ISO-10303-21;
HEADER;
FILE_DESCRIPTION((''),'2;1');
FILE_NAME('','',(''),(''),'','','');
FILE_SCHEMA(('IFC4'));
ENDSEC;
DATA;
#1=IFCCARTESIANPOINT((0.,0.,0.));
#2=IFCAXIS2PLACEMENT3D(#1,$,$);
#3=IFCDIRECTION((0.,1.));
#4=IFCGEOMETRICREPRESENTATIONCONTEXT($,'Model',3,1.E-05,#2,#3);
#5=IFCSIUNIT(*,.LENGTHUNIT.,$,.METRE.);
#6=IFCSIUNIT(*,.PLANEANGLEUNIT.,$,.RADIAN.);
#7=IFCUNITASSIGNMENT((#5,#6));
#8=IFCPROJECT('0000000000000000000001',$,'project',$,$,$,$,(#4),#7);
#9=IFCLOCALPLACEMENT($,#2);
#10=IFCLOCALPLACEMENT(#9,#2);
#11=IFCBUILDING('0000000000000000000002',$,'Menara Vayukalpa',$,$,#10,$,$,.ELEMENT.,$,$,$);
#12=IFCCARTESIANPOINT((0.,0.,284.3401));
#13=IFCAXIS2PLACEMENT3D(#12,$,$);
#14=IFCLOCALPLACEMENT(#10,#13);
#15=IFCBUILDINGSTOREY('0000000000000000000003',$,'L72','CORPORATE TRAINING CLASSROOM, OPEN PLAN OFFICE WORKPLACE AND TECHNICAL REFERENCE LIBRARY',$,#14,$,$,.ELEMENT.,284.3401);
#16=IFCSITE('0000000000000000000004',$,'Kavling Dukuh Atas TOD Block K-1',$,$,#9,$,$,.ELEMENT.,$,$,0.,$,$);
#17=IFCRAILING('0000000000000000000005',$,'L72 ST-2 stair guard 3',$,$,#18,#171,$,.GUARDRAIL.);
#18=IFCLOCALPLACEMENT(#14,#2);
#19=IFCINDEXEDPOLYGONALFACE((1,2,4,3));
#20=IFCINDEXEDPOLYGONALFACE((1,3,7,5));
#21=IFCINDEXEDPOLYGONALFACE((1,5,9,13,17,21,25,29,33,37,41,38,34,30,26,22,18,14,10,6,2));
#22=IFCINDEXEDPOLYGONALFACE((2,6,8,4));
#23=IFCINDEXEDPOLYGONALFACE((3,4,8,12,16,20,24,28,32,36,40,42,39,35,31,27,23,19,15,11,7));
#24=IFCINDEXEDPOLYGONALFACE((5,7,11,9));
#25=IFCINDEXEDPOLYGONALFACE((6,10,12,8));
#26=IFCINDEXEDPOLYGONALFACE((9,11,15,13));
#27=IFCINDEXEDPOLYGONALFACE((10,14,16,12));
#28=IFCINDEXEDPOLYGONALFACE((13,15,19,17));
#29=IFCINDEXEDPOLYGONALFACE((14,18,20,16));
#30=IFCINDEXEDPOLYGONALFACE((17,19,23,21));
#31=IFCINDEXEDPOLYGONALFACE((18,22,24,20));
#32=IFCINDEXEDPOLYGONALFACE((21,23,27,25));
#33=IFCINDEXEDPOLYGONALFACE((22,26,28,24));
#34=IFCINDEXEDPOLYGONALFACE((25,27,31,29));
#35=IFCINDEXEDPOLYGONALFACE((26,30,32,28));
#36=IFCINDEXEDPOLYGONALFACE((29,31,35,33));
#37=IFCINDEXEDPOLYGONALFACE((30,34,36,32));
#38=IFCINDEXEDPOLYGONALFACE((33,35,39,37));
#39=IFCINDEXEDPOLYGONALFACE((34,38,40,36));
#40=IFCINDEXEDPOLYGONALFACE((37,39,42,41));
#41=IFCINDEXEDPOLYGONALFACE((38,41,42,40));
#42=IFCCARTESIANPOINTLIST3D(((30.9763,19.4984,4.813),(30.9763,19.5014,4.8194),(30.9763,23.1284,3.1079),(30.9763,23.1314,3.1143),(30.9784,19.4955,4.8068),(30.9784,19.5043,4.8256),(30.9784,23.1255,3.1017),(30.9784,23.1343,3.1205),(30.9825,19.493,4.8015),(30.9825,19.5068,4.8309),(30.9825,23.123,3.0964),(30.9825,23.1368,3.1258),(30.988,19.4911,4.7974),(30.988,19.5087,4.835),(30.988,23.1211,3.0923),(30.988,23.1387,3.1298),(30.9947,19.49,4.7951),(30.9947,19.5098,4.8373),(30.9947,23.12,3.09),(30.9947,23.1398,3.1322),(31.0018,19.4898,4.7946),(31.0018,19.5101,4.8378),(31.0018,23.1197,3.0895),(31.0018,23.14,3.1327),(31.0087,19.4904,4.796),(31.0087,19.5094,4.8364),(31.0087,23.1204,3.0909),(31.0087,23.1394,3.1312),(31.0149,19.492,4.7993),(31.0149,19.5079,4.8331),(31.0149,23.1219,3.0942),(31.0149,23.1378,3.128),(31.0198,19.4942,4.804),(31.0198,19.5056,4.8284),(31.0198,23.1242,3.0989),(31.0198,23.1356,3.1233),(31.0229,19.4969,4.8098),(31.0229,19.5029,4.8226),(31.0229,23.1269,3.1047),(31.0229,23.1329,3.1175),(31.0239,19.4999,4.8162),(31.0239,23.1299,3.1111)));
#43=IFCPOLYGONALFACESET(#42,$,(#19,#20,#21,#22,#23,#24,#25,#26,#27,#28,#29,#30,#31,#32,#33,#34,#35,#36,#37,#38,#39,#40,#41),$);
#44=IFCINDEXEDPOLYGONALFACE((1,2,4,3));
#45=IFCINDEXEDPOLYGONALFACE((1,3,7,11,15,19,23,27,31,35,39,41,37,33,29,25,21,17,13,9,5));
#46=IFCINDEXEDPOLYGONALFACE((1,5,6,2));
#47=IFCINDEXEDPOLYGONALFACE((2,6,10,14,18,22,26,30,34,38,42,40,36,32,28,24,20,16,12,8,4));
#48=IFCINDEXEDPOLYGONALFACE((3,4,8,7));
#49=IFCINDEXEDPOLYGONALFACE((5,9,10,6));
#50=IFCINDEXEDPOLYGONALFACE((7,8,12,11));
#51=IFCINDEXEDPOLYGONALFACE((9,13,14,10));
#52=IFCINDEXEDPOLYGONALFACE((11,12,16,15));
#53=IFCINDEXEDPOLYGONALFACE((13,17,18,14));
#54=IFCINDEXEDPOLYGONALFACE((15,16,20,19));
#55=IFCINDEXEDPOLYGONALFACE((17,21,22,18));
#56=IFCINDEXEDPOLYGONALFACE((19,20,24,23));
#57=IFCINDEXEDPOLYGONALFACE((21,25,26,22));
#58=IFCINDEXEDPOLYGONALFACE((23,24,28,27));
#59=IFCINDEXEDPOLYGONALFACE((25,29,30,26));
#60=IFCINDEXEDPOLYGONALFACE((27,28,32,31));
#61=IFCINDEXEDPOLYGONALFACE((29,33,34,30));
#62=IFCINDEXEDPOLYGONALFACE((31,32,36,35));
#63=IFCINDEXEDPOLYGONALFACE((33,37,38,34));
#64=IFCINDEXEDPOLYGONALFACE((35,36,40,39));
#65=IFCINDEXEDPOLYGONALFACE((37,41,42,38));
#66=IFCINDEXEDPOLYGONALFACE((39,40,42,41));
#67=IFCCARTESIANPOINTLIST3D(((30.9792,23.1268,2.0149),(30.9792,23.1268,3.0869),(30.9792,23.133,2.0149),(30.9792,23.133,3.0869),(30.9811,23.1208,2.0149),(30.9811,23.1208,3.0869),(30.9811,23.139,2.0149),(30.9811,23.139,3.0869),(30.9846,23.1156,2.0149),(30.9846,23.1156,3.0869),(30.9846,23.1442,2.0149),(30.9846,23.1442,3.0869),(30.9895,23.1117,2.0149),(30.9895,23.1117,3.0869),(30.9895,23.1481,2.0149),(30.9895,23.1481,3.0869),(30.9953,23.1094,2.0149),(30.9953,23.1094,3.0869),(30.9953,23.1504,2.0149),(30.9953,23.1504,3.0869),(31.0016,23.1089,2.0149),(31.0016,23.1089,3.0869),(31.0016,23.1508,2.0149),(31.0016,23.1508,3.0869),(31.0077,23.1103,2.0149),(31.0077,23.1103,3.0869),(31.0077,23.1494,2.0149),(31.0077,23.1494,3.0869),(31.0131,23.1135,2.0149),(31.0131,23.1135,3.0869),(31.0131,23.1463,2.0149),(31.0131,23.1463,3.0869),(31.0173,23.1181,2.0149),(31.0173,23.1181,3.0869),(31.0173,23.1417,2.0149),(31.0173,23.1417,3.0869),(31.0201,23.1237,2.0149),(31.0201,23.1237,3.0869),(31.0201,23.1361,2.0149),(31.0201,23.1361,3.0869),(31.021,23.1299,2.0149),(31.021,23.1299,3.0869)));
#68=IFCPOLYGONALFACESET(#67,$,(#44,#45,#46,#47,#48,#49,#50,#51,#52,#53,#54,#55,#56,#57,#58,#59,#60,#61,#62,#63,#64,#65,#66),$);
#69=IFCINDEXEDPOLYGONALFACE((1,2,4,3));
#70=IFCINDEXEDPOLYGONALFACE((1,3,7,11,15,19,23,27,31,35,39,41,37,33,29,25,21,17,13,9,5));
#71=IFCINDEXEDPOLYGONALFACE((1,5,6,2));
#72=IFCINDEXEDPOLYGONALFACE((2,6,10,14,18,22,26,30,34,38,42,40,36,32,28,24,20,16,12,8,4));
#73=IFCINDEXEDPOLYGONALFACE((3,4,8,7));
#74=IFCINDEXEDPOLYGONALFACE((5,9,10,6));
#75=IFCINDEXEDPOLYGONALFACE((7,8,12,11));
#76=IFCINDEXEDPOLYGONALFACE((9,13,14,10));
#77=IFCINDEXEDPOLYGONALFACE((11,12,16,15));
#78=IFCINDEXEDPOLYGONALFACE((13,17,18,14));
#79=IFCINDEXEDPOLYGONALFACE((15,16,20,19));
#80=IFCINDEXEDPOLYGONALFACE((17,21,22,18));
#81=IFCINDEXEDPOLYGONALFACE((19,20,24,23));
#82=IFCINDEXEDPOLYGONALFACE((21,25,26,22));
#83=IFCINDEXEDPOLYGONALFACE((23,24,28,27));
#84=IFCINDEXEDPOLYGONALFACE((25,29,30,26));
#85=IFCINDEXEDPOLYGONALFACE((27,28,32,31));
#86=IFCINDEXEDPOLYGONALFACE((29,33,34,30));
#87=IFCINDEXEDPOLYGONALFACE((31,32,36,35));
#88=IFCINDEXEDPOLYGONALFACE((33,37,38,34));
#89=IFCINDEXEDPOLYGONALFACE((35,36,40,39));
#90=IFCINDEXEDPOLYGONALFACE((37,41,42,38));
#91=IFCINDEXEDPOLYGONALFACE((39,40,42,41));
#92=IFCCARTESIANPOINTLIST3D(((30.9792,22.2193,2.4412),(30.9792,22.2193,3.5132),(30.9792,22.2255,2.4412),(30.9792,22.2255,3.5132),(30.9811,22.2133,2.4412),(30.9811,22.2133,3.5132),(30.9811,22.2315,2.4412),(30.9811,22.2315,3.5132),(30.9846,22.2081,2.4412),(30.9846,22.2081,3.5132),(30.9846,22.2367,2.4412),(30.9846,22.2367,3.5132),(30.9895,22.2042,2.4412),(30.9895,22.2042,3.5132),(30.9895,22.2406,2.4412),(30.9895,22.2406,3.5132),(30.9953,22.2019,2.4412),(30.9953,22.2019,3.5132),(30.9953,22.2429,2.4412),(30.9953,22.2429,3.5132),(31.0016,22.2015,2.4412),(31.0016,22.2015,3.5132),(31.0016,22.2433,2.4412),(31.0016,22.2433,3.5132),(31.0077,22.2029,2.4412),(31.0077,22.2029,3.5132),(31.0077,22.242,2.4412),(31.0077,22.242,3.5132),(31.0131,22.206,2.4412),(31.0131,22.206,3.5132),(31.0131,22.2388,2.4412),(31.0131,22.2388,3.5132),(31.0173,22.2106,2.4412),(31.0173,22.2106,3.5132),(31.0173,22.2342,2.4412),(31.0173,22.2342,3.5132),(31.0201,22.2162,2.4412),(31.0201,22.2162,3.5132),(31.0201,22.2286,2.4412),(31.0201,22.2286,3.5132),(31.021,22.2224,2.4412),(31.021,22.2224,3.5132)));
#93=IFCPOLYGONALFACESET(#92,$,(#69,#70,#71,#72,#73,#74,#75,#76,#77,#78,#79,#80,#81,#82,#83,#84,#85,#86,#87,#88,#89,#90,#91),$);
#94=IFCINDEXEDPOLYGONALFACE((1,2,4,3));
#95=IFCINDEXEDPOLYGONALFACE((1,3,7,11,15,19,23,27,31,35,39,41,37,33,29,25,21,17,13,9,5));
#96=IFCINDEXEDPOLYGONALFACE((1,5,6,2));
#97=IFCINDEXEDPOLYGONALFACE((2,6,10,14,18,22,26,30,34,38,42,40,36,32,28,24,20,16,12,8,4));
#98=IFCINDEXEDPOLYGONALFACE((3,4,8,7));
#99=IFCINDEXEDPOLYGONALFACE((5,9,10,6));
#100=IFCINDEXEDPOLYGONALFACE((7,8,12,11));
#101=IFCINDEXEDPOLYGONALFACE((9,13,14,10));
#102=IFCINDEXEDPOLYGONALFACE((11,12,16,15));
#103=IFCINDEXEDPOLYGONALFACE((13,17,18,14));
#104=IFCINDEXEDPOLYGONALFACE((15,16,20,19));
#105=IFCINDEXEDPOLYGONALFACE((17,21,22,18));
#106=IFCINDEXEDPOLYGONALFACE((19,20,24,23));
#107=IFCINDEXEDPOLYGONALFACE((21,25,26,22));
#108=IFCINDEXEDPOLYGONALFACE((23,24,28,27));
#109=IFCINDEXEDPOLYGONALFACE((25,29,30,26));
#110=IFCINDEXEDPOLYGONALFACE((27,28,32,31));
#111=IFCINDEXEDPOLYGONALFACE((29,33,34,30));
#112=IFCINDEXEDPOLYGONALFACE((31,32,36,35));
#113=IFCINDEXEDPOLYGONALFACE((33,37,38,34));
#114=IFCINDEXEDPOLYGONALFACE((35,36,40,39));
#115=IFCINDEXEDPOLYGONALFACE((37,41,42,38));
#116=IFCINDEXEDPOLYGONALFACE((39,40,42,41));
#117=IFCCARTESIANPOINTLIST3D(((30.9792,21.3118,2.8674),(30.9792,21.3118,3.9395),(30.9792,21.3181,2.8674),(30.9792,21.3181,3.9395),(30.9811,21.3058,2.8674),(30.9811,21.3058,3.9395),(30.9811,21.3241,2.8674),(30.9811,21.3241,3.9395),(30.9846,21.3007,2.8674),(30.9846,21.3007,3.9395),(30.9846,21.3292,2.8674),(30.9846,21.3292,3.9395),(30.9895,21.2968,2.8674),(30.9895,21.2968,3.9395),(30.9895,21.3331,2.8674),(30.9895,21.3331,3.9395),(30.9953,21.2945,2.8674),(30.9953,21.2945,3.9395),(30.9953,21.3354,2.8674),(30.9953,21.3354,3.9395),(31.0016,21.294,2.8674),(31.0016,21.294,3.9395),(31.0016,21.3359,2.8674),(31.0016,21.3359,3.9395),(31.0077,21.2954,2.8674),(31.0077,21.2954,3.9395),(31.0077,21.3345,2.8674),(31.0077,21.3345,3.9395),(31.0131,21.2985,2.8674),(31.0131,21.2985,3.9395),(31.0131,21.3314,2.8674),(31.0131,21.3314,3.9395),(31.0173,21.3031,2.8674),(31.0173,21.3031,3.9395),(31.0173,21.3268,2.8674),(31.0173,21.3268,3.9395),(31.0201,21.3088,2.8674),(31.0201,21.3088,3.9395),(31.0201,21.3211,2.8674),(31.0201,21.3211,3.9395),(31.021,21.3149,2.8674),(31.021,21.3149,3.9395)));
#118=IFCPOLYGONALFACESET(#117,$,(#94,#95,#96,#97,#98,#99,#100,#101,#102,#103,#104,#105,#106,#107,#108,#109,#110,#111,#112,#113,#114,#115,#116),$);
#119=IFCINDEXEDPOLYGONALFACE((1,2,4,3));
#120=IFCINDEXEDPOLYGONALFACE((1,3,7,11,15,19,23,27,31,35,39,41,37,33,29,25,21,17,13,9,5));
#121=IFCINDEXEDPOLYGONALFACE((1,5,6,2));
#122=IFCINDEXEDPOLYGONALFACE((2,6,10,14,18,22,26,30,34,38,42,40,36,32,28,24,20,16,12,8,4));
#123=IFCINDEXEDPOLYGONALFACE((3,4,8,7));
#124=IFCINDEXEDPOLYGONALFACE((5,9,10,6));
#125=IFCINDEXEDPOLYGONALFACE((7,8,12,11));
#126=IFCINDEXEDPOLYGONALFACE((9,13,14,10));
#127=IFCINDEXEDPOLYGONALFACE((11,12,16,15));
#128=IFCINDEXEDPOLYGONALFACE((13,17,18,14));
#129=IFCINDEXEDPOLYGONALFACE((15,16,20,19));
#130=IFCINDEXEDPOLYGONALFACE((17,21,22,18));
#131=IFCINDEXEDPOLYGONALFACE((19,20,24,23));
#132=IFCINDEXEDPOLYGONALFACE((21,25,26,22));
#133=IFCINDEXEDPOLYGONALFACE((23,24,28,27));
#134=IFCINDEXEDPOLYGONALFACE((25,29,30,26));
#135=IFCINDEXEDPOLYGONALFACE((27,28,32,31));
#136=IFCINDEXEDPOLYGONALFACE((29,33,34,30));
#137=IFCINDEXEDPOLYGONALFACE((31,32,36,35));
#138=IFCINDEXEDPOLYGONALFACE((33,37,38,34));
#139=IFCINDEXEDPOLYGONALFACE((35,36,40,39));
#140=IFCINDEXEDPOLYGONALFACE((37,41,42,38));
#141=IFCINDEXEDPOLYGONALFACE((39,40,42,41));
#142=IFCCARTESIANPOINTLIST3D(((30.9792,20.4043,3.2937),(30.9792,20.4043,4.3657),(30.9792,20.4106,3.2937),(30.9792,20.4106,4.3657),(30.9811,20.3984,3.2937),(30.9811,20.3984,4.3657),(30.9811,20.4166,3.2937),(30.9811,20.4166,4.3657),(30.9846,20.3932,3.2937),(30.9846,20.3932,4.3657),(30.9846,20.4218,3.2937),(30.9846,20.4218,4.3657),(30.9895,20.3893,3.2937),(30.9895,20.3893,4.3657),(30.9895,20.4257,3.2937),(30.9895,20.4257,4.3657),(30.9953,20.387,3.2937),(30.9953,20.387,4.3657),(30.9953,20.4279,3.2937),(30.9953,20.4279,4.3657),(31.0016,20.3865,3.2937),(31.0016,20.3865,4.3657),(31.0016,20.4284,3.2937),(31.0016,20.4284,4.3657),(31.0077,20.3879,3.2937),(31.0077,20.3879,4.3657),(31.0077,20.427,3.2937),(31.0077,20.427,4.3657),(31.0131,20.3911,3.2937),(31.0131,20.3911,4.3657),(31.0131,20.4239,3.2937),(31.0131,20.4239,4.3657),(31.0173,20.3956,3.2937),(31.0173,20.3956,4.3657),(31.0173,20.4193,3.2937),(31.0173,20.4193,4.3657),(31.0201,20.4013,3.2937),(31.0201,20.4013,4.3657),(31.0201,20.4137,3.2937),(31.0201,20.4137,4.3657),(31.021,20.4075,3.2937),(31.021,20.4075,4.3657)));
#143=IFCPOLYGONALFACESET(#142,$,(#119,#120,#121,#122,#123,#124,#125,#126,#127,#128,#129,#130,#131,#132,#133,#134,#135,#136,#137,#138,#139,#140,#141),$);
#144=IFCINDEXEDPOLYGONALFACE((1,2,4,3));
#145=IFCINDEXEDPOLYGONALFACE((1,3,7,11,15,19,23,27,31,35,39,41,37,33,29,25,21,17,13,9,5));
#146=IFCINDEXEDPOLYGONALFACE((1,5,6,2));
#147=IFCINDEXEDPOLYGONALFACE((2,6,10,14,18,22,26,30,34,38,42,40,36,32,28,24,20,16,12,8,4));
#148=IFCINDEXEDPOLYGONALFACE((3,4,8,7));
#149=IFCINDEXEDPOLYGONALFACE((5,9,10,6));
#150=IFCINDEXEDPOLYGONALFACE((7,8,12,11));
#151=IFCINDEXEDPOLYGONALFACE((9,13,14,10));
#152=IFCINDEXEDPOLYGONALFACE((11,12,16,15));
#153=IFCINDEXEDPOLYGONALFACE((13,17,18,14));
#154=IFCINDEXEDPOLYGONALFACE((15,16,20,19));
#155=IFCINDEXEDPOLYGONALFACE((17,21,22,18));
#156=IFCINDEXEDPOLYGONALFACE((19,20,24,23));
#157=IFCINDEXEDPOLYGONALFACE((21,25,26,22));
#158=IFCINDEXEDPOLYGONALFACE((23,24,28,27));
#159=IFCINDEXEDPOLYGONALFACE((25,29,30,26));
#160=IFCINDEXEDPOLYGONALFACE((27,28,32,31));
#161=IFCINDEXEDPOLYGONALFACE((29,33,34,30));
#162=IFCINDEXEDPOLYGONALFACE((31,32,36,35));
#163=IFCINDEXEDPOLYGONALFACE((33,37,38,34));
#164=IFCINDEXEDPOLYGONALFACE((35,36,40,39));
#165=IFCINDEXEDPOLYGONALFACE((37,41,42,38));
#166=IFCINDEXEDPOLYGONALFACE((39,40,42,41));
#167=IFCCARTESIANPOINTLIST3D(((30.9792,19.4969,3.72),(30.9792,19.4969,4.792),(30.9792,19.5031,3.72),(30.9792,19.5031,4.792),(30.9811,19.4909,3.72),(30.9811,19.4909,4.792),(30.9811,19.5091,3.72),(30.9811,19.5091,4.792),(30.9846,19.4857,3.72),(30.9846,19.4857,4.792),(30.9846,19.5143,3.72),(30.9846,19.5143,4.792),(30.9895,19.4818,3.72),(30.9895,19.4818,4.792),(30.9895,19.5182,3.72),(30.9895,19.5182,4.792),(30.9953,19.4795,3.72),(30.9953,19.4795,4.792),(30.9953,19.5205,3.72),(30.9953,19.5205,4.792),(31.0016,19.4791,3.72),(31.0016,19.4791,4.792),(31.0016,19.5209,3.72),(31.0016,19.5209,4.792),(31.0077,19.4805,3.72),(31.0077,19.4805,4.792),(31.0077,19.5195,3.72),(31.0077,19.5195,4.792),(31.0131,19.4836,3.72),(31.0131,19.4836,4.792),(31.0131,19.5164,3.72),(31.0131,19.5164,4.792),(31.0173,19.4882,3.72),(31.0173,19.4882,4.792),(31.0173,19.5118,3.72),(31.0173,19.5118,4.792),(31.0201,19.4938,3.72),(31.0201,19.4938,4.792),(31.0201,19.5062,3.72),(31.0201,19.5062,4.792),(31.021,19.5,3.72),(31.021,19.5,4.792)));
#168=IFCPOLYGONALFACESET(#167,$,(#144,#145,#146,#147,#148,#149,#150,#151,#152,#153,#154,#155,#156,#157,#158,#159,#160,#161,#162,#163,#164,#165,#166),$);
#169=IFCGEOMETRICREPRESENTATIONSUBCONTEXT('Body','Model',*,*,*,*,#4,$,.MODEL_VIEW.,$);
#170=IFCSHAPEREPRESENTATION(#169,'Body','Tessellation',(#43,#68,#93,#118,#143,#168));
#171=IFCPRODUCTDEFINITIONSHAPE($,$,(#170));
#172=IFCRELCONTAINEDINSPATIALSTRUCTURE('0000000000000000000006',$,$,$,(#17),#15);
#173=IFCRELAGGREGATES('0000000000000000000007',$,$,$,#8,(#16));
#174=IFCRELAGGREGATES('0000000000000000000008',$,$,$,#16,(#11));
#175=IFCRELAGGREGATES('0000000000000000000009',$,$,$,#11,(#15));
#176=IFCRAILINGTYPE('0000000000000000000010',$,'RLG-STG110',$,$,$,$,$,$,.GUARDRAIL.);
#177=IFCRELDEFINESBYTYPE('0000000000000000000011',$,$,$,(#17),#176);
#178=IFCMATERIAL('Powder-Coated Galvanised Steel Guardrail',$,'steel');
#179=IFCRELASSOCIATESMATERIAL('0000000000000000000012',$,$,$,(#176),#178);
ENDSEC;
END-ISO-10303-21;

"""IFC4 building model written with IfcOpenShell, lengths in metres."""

from ifc_helpers import new_model, si_unit, direction, frame, origin, origin_2d, place, context, subcontext, project, spatial, circle, extrude, material, type_object, element, save


model = new_model("IFC4")

# Units and contexts
model_context = context("Model", 3, precision=1e-05, world=origin(), true_north=direction((0.0, 1.0)))
body_context = subcontext(model_context, "Body", "Model", "MODEL_VIEW")
ifc_project = project(units=[si_unit("LENGTHUNIT", "METRE"), si_unit("PLANEANGLEUNIT", "RADIAN")], contexts=[model_context])

# Site, building, storey
site_placement = place(None, origin())
site = spatial("IfcSite", under=ifc_project, at=site_placement, Name="Kavling Dukuh Atas TOD Block K-1", CompositionType="ELEMENT", RefElevation=0.0)
building_placement = place(site_placement, origin())
building = spatial("IfcBuilding", under=site, at=building_placement, Name="Menara Vayukalpa", CompositionType="ELEMENT")
storey_placement = place(building_placement, frame((0.0, 0.0, 284.3401)))
storey = spatial("IfcBuildingStorey", under=building, at=storey_placement, Name="L72", Description="CORPORATE TRAINING CLASSROOM, OPEN PLAN OFFICE WORKPLACE AND TECHNICAL REFERENCE LIBRARY", CompositionType="ELEMENT", Elevation=284.3401)

# Railing
ifc_material_1 = material(Name="Powder-Coated Galvanised Steel Guardrail", Category="steel")
railing_type_1 = type_object("IfcRailingType", Name="RLG-STG110", PredefinedType="GUARDRAIL", material=ifc_material_1)
railing_1_placement = place(storey_placement, frame((31.0, 23.1299, 2.0149)))
element("IfcRailing", 1, at=railing_1_placement, inside=storey, type_object=railing_type_1, Name="L72 ST-2 stair guard 3", PredefinedType="GUARDRAIL", context=body_context, shape_type="SweptSolid", body=[
    extrude(circle(Radius=0.0239, at=origin_2d()), frame((0.0, 0.0, 1.0962), z_axis=(0.0, -0.905116, 0.425164), x_axis=(1.0, 0.0, 0.0)), (0.0, 0.0, 1.0), 4.0105),
    extrude(circle(Radius=0.021, at=origin_2d()), origin(), (0.0, 0.0, 1.0), 1.072),
    extrude(circle(Radius=0.021, at=origin_2d()), frame((0.0, -0.9075, 0.4263)), (0.0, 0.0, 1.0), 1.072),
    extrude(circle(Radius=0.021, at=origin_2d()), frame((0.0, -1.8149, 0.8525)), (0.0, 0.0, 1.0), 1.072),
    extrude(circle(Radius=0.021, at=origin_2d()), frame((0.0, -2.7224, 1.2788)), (0.0, 0.0, 1.0), 1.072),
    extrude(circle(Radius=0.021, at=origin_2d()), frame((0.0, -3.6299, 1.7051)), (0.0, 0.0, 1.0), 1.072),
])

save(model, "model.ifc")
